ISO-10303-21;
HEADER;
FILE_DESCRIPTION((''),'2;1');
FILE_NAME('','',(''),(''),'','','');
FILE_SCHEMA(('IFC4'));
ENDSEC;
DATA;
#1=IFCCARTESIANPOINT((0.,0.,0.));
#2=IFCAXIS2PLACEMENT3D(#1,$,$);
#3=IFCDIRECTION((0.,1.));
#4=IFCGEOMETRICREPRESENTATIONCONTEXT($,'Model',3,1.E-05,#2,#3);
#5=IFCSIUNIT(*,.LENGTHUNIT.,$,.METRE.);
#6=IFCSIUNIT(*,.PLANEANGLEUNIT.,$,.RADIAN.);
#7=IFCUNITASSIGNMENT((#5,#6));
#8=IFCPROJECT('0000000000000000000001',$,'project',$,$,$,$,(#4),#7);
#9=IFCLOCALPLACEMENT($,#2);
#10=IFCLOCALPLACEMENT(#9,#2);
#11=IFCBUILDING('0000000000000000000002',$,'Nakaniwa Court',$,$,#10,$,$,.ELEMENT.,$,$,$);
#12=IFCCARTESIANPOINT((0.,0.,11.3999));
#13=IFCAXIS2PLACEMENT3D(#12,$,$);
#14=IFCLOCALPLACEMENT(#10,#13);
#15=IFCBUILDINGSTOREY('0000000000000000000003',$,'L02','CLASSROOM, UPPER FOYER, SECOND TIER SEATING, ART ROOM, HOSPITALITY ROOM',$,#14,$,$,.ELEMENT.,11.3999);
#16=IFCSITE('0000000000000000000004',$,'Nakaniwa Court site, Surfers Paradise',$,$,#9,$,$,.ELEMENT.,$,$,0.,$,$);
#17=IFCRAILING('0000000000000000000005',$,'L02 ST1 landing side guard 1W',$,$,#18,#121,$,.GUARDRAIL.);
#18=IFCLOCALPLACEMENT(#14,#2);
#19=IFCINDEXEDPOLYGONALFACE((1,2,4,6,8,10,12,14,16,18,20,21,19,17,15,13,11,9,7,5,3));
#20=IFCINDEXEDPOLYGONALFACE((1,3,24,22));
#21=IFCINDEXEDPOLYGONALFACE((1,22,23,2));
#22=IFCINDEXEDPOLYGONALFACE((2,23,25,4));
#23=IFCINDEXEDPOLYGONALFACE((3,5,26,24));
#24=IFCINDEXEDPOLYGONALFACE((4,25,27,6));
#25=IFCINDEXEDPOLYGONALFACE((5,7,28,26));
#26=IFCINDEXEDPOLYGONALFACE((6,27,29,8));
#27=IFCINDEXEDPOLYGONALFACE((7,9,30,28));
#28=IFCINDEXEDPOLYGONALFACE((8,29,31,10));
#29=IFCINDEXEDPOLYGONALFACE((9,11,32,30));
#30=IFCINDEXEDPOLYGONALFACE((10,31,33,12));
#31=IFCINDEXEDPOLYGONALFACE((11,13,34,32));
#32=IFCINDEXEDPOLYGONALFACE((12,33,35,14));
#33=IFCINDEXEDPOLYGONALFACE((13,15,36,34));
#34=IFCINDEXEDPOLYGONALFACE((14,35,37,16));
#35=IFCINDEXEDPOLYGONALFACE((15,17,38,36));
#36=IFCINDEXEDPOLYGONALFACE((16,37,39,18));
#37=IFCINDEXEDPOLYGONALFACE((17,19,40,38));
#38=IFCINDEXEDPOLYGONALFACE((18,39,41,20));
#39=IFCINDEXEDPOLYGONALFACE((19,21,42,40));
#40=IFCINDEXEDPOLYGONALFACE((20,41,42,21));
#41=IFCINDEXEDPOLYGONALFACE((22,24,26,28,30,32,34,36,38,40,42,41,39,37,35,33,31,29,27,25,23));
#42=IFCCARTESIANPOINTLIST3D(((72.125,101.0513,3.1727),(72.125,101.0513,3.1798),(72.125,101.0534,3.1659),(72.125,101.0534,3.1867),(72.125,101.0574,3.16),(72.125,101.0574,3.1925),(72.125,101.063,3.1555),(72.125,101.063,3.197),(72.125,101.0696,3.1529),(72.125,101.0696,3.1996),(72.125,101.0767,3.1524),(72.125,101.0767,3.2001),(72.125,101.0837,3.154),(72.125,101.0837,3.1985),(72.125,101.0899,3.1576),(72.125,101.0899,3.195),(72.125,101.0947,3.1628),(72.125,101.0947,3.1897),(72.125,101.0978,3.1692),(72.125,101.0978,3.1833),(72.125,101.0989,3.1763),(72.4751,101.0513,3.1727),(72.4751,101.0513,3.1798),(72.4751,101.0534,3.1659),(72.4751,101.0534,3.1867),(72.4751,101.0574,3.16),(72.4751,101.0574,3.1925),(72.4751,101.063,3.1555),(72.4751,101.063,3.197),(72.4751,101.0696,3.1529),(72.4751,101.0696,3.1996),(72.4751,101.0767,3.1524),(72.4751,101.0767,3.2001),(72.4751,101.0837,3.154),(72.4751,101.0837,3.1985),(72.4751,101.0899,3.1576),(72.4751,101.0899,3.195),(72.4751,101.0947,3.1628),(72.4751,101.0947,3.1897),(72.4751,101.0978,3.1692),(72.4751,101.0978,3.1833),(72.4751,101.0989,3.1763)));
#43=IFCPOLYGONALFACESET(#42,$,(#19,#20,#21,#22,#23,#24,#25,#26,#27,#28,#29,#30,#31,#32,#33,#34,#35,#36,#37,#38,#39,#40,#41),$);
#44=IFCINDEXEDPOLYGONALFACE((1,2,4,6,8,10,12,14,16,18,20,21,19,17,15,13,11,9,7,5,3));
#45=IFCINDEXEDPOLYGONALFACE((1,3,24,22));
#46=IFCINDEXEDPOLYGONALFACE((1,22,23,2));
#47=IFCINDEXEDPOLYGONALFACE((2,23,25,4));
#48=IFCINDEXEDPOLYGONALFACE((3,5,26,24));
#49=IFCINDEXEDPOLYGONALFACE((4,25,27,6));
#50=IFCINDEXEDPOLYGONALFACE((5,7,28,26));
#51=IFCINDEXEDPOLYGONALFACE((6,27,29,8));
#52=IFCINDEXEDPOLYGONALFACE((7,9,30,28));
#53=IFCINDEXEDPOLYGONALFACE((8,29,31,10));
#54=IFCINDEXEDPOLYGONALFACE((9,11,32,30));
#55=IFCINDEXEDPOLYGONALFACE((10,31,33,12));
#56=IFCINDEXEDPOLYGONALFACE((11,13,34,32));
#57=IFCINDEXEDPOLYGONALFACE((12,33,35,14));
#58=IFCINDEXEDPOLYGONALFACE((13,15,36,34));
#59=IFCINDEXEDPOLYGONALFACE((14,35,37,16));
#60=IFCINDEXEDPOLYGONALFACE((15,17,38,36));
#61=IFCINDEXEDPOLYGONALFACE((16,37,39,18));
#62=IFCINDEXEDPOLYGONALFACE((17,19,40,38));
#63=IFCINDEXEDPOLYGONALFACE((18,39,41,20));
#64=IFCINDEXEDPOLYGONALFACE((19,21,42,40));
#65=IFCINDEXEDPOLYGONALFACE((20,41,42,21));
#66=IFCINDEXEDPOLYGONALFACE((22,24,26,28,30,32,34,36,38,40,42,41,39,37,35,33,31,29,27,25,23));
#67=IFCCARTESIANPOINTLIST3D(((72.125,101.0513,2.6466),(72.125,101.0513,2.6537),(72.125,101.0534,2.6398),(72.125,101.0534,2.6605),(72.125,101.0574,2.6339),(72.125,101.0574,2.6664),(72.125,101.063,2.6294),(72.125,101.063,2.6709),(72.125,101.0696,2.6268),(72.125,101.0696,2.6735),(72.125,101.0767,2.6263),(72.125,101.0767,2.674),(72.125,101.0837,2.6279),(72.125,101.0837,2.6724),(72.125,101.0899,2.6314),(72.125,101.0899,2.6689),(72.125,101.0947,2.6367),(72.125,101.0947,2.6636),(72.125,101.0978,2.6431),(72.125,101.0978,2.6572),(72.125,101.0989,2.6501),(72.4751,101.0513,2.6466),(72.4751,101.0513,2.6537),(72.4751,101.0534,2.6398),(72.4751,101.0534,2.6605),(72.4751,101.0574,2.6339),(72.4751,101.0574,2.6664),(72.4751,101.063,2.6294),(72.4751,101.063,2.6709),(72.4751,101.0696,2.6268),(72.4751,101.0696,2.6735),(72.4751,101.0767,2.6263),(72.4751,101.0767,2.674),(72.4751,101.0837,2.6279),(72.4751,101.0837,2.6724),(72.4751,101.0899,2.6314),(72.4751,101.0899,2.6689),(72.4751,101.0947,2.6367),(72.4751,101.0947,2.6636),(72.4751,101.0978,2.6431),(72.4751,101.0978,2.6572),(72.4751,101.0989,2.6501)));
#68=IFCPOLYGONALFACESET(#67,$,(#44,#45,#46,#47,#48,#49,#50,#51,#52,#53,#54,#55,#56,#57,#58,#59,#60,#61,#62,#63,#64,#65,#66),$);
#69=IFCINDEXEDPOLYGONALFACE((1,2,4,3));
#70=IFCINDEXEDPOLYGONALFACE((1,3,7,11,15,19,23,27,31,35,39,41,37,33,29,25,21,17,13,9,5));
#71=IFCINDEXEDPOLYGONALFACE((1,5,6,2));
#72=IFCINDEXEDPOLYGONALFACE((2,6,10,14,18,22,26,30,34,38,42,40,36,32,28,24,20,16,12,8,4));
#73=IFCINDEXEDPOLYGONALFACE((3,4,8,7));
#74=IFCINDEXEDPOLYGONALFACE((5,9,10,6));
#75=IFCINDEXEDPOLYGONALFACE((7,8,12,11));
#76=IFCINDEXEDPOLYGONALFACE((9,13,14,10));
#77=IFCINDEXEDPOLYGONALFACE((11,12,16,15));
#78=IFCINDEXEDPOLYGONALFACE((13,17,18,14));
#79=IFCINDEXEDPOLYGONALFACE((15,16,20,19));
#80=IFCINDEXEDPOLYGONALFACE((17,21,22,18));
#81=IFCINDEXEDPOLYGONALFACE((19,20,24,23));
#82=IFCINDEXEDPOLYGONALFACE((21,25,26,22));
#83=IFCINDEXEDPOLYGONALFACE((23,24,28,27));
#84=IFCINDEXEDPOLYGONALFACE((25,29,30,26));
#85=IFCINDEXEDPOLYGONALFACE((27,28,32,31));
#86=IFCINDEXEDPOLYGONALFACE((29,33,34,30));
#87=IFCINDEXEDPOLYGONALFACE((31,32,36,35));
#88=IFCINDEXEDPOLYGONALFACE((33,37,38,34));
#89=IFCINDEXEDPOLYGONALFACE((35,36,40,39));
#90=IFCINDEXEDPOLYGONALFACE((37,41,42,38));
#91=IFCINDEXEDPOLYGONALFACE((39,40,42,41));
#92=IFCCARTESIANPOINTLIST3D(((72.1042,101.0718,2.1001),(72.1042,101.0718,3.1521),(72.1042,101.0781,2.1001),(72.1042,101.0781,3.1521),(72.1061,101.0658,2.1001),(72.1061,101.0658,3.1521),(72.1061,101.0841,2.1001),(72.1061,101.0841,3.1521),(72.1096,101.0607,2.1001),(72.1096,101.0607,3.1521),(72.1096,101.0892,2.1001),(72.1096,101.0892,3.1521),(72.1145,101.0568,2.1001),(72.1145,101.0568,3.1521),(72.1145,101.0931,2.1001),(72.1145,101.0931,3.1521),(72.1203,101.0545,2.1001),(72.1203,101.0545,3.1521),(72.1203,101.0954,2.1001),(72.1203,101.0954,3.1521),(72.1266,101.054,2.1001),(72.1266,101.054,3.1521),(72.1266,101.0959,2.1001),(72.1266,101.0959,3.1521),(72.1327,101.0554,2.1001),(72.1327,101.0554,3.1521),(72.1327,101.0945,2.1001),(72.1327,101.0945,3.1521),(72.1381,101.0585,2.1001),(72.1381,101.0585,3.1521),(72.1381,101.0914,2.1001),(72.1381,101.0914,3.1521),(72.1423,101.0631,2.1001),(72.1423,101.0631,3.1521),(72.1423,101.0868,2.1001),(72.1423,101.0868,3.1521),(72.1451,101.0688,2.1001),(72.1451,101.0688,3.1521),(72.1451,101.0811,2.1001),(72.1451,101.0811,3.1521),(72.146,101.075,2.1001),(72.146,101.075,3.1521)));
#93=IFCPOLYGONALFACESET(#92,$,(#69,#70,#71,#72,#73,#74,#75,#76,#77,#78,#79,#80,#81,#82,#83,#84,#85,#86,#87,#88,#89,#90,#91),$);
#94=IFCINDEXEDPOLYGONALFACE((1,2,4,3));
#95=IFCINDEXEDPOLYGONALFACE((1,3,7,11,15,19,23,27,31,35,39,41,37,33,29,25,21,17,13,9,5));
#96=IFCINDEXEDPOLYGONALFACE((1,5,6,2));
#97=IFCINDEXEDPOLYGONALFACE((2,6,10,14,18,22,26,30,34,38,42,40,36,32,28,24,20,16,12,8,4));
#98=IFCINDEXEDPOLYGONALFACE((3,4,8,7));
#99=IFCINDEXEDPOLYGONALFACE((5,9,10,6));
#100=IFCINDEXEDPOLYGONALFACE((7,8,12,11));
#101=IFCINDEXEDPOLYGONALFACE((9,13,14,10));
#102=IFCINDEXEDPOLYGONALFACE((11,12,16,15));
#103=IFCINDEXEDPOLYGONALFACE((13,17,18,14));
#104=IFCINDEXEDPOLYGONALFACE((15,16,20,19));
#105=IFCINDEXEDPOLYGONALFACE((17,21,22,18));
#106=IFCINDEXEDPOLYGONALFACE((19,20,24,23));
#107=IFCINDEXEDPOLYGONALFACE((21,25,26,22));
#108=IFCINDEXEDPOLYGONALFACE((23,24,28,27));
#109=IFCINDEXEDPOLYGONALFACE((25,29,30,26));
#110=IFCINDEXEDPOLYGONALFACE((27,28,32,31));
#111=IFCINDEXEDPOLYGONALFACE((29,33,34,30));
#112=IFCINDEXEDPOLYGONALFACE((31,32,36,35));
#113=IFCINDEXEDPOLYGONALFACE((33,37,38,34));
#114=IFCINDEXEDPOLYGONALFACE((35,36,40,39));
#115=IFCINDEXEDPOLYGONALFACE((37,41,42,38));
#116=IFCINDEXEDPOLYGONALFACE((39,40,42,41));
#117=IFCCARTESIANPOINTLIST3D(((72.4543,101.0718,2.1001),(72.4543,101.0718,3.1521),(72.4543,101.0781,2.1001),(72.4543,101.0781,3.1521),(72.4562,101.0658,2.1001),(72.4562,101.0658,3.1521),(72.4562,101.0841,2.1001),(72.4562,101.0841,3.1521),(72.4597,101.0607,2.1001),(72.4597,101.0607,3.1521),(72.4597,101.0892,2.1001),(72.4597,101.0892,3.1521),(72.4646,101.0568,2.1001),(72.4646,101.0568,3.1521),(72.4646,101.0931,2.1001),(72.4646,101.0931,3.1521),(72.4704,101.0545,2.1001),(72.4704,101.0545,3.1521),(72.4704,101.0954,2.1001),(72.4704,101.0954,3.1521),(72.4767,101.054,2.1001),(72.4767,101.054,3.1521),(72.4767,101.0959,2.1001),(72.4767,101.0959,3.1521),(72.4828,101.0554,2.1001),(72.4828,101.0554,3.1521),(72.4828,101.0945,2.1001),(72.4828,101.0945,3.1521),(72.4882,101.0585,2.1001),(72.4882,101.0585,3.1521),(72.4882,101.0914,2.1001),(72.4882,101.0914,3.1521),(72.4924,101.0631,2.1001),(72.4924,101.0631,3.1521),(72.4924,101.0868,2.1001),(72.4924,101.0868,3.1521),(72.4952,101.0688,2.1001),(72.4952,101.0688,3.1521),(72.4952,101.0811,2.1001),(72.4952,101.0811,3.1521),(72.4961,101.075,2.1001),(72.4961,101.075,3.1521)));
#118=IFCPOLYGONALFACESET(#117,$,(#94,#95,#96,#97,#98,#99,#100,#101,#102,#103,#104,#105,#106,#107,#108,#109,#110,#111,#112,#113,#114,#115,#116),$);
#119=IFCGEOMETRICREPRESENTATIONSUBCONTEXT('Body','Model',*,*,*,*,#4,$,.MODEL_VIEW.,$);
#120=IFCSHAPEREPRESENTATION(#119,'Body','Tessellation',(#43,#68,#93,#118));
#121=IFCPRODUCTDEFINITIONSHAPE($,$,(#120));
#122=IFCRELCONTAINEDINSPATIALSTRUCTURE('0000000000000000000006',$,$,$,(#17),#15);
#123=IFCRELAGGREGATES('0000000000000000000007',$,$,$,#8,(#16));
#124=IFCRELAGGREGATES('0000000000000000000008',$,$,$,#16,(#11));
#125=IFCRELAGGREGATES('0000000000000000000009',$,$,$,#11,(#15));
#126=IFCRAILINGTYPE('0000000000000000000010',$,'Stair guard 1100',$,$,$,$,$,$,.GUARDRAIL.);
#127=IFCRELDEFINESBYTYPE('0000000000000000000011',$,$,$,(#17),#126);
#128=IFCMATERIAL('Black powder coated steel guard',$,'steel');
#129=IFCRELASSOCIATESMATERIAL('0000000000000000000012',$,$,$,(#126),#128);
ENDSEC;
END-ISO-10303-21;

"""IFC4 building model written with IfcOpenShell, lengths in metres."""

from ifc_helpers import new_model, si_unit, direction, frame, origin, origin_2d, place, context, subcontext, project, spatial, circle, extrude, material, type_object, element, save


model = new_model("IFC4")

# Units and contexts
model_context = context("Model", 3, precision=1e-05, world=origin(), true_north=direction((0.0, 1.0)))
body_context = subcontext(model_context, "Body", "Model", "MODEL_VIEW")
ifc_project = project(units=[si_unit("LENGTHUNIT", "METRE"), si_unit("PLANEANGLEUNIT", "RADIAN")], contexts=[model_context])

# Site, building, storey
site_placement = place(None, origin())
site = spatial("IfcSite", under=ifc_project, at=site_placement, Name="Nakaniwa Court site, Surfers Paradise", CompositionType="ELEMENT", RefElevation=0.0)
building_placement = place(site_placement, origin())
building = spatial("IfcBuilding", under=site, at=building_placement, Name="Nakaniwa Court", CompositionType="ELEMENT")
storey_placement = place(building_placement, frame((0.0, 0.0, 11.3999)))
storey = spatial("IfcBuildingStorey", under=building, at=storey_placement, Name="L02", Description="CLASSROOM, UPPER FOYER, SECOND TIER SEATING, ART ROOM, HOSPITALITY ROOM", CompositionType="ELEMENT", Elevation=11.3999)

# Railing
ifc_material_1 = material(Name="Black powder coated steel guard", Category="steel")
railing_type_1 = type_object("IfcRailingType", Name="Stair guard 1100", PredefinedType="GUARDRAIL", material=ifc_material_1)
for number, where, name in (
    (1, (72.125, 101.075, 2.1001), "L02 ST1 landing side guard 1W"),
):
    element("IfcRailing", number, at=place(storey_placement, frame(where)), inside=storey, type_object=railing_type_1, Name=name, PredefinedType="GUARDRAIL", context=body_context, shape_type="SweptSolid", body=[
        extrude(circle(Radius=0.0239, at=origin_2d()), frame((0.0, 0.0, 1.0762), z_axis=(1.0, 0.0, 0.0), x_axis=(0.0, 1.0, 0.0)), (0.0, 0.0, 1.0), 0.3501),
        extrude(circle(Radius=0.0239, at=origin_2d()), frame((0.0, 0.0, 0.55), z_axis=(1.0, 0.0, 0.0), x_axis=(0.0, 1.0, 0.0)), (0.0, 0.0, 1.0), 0.3501),
        extrude(circle(Radius=0.021, at=origin_2d()), origin(), (0.0, 0.0, 1.0), 1.052),
        extrude(circle(Radius=0.021, at=origin_2d()), frame((0.3501, 0.0, 0.0)), (0.0, 0.0, 1.0), 1.052),
    ])

save(model, "model.ifc")
